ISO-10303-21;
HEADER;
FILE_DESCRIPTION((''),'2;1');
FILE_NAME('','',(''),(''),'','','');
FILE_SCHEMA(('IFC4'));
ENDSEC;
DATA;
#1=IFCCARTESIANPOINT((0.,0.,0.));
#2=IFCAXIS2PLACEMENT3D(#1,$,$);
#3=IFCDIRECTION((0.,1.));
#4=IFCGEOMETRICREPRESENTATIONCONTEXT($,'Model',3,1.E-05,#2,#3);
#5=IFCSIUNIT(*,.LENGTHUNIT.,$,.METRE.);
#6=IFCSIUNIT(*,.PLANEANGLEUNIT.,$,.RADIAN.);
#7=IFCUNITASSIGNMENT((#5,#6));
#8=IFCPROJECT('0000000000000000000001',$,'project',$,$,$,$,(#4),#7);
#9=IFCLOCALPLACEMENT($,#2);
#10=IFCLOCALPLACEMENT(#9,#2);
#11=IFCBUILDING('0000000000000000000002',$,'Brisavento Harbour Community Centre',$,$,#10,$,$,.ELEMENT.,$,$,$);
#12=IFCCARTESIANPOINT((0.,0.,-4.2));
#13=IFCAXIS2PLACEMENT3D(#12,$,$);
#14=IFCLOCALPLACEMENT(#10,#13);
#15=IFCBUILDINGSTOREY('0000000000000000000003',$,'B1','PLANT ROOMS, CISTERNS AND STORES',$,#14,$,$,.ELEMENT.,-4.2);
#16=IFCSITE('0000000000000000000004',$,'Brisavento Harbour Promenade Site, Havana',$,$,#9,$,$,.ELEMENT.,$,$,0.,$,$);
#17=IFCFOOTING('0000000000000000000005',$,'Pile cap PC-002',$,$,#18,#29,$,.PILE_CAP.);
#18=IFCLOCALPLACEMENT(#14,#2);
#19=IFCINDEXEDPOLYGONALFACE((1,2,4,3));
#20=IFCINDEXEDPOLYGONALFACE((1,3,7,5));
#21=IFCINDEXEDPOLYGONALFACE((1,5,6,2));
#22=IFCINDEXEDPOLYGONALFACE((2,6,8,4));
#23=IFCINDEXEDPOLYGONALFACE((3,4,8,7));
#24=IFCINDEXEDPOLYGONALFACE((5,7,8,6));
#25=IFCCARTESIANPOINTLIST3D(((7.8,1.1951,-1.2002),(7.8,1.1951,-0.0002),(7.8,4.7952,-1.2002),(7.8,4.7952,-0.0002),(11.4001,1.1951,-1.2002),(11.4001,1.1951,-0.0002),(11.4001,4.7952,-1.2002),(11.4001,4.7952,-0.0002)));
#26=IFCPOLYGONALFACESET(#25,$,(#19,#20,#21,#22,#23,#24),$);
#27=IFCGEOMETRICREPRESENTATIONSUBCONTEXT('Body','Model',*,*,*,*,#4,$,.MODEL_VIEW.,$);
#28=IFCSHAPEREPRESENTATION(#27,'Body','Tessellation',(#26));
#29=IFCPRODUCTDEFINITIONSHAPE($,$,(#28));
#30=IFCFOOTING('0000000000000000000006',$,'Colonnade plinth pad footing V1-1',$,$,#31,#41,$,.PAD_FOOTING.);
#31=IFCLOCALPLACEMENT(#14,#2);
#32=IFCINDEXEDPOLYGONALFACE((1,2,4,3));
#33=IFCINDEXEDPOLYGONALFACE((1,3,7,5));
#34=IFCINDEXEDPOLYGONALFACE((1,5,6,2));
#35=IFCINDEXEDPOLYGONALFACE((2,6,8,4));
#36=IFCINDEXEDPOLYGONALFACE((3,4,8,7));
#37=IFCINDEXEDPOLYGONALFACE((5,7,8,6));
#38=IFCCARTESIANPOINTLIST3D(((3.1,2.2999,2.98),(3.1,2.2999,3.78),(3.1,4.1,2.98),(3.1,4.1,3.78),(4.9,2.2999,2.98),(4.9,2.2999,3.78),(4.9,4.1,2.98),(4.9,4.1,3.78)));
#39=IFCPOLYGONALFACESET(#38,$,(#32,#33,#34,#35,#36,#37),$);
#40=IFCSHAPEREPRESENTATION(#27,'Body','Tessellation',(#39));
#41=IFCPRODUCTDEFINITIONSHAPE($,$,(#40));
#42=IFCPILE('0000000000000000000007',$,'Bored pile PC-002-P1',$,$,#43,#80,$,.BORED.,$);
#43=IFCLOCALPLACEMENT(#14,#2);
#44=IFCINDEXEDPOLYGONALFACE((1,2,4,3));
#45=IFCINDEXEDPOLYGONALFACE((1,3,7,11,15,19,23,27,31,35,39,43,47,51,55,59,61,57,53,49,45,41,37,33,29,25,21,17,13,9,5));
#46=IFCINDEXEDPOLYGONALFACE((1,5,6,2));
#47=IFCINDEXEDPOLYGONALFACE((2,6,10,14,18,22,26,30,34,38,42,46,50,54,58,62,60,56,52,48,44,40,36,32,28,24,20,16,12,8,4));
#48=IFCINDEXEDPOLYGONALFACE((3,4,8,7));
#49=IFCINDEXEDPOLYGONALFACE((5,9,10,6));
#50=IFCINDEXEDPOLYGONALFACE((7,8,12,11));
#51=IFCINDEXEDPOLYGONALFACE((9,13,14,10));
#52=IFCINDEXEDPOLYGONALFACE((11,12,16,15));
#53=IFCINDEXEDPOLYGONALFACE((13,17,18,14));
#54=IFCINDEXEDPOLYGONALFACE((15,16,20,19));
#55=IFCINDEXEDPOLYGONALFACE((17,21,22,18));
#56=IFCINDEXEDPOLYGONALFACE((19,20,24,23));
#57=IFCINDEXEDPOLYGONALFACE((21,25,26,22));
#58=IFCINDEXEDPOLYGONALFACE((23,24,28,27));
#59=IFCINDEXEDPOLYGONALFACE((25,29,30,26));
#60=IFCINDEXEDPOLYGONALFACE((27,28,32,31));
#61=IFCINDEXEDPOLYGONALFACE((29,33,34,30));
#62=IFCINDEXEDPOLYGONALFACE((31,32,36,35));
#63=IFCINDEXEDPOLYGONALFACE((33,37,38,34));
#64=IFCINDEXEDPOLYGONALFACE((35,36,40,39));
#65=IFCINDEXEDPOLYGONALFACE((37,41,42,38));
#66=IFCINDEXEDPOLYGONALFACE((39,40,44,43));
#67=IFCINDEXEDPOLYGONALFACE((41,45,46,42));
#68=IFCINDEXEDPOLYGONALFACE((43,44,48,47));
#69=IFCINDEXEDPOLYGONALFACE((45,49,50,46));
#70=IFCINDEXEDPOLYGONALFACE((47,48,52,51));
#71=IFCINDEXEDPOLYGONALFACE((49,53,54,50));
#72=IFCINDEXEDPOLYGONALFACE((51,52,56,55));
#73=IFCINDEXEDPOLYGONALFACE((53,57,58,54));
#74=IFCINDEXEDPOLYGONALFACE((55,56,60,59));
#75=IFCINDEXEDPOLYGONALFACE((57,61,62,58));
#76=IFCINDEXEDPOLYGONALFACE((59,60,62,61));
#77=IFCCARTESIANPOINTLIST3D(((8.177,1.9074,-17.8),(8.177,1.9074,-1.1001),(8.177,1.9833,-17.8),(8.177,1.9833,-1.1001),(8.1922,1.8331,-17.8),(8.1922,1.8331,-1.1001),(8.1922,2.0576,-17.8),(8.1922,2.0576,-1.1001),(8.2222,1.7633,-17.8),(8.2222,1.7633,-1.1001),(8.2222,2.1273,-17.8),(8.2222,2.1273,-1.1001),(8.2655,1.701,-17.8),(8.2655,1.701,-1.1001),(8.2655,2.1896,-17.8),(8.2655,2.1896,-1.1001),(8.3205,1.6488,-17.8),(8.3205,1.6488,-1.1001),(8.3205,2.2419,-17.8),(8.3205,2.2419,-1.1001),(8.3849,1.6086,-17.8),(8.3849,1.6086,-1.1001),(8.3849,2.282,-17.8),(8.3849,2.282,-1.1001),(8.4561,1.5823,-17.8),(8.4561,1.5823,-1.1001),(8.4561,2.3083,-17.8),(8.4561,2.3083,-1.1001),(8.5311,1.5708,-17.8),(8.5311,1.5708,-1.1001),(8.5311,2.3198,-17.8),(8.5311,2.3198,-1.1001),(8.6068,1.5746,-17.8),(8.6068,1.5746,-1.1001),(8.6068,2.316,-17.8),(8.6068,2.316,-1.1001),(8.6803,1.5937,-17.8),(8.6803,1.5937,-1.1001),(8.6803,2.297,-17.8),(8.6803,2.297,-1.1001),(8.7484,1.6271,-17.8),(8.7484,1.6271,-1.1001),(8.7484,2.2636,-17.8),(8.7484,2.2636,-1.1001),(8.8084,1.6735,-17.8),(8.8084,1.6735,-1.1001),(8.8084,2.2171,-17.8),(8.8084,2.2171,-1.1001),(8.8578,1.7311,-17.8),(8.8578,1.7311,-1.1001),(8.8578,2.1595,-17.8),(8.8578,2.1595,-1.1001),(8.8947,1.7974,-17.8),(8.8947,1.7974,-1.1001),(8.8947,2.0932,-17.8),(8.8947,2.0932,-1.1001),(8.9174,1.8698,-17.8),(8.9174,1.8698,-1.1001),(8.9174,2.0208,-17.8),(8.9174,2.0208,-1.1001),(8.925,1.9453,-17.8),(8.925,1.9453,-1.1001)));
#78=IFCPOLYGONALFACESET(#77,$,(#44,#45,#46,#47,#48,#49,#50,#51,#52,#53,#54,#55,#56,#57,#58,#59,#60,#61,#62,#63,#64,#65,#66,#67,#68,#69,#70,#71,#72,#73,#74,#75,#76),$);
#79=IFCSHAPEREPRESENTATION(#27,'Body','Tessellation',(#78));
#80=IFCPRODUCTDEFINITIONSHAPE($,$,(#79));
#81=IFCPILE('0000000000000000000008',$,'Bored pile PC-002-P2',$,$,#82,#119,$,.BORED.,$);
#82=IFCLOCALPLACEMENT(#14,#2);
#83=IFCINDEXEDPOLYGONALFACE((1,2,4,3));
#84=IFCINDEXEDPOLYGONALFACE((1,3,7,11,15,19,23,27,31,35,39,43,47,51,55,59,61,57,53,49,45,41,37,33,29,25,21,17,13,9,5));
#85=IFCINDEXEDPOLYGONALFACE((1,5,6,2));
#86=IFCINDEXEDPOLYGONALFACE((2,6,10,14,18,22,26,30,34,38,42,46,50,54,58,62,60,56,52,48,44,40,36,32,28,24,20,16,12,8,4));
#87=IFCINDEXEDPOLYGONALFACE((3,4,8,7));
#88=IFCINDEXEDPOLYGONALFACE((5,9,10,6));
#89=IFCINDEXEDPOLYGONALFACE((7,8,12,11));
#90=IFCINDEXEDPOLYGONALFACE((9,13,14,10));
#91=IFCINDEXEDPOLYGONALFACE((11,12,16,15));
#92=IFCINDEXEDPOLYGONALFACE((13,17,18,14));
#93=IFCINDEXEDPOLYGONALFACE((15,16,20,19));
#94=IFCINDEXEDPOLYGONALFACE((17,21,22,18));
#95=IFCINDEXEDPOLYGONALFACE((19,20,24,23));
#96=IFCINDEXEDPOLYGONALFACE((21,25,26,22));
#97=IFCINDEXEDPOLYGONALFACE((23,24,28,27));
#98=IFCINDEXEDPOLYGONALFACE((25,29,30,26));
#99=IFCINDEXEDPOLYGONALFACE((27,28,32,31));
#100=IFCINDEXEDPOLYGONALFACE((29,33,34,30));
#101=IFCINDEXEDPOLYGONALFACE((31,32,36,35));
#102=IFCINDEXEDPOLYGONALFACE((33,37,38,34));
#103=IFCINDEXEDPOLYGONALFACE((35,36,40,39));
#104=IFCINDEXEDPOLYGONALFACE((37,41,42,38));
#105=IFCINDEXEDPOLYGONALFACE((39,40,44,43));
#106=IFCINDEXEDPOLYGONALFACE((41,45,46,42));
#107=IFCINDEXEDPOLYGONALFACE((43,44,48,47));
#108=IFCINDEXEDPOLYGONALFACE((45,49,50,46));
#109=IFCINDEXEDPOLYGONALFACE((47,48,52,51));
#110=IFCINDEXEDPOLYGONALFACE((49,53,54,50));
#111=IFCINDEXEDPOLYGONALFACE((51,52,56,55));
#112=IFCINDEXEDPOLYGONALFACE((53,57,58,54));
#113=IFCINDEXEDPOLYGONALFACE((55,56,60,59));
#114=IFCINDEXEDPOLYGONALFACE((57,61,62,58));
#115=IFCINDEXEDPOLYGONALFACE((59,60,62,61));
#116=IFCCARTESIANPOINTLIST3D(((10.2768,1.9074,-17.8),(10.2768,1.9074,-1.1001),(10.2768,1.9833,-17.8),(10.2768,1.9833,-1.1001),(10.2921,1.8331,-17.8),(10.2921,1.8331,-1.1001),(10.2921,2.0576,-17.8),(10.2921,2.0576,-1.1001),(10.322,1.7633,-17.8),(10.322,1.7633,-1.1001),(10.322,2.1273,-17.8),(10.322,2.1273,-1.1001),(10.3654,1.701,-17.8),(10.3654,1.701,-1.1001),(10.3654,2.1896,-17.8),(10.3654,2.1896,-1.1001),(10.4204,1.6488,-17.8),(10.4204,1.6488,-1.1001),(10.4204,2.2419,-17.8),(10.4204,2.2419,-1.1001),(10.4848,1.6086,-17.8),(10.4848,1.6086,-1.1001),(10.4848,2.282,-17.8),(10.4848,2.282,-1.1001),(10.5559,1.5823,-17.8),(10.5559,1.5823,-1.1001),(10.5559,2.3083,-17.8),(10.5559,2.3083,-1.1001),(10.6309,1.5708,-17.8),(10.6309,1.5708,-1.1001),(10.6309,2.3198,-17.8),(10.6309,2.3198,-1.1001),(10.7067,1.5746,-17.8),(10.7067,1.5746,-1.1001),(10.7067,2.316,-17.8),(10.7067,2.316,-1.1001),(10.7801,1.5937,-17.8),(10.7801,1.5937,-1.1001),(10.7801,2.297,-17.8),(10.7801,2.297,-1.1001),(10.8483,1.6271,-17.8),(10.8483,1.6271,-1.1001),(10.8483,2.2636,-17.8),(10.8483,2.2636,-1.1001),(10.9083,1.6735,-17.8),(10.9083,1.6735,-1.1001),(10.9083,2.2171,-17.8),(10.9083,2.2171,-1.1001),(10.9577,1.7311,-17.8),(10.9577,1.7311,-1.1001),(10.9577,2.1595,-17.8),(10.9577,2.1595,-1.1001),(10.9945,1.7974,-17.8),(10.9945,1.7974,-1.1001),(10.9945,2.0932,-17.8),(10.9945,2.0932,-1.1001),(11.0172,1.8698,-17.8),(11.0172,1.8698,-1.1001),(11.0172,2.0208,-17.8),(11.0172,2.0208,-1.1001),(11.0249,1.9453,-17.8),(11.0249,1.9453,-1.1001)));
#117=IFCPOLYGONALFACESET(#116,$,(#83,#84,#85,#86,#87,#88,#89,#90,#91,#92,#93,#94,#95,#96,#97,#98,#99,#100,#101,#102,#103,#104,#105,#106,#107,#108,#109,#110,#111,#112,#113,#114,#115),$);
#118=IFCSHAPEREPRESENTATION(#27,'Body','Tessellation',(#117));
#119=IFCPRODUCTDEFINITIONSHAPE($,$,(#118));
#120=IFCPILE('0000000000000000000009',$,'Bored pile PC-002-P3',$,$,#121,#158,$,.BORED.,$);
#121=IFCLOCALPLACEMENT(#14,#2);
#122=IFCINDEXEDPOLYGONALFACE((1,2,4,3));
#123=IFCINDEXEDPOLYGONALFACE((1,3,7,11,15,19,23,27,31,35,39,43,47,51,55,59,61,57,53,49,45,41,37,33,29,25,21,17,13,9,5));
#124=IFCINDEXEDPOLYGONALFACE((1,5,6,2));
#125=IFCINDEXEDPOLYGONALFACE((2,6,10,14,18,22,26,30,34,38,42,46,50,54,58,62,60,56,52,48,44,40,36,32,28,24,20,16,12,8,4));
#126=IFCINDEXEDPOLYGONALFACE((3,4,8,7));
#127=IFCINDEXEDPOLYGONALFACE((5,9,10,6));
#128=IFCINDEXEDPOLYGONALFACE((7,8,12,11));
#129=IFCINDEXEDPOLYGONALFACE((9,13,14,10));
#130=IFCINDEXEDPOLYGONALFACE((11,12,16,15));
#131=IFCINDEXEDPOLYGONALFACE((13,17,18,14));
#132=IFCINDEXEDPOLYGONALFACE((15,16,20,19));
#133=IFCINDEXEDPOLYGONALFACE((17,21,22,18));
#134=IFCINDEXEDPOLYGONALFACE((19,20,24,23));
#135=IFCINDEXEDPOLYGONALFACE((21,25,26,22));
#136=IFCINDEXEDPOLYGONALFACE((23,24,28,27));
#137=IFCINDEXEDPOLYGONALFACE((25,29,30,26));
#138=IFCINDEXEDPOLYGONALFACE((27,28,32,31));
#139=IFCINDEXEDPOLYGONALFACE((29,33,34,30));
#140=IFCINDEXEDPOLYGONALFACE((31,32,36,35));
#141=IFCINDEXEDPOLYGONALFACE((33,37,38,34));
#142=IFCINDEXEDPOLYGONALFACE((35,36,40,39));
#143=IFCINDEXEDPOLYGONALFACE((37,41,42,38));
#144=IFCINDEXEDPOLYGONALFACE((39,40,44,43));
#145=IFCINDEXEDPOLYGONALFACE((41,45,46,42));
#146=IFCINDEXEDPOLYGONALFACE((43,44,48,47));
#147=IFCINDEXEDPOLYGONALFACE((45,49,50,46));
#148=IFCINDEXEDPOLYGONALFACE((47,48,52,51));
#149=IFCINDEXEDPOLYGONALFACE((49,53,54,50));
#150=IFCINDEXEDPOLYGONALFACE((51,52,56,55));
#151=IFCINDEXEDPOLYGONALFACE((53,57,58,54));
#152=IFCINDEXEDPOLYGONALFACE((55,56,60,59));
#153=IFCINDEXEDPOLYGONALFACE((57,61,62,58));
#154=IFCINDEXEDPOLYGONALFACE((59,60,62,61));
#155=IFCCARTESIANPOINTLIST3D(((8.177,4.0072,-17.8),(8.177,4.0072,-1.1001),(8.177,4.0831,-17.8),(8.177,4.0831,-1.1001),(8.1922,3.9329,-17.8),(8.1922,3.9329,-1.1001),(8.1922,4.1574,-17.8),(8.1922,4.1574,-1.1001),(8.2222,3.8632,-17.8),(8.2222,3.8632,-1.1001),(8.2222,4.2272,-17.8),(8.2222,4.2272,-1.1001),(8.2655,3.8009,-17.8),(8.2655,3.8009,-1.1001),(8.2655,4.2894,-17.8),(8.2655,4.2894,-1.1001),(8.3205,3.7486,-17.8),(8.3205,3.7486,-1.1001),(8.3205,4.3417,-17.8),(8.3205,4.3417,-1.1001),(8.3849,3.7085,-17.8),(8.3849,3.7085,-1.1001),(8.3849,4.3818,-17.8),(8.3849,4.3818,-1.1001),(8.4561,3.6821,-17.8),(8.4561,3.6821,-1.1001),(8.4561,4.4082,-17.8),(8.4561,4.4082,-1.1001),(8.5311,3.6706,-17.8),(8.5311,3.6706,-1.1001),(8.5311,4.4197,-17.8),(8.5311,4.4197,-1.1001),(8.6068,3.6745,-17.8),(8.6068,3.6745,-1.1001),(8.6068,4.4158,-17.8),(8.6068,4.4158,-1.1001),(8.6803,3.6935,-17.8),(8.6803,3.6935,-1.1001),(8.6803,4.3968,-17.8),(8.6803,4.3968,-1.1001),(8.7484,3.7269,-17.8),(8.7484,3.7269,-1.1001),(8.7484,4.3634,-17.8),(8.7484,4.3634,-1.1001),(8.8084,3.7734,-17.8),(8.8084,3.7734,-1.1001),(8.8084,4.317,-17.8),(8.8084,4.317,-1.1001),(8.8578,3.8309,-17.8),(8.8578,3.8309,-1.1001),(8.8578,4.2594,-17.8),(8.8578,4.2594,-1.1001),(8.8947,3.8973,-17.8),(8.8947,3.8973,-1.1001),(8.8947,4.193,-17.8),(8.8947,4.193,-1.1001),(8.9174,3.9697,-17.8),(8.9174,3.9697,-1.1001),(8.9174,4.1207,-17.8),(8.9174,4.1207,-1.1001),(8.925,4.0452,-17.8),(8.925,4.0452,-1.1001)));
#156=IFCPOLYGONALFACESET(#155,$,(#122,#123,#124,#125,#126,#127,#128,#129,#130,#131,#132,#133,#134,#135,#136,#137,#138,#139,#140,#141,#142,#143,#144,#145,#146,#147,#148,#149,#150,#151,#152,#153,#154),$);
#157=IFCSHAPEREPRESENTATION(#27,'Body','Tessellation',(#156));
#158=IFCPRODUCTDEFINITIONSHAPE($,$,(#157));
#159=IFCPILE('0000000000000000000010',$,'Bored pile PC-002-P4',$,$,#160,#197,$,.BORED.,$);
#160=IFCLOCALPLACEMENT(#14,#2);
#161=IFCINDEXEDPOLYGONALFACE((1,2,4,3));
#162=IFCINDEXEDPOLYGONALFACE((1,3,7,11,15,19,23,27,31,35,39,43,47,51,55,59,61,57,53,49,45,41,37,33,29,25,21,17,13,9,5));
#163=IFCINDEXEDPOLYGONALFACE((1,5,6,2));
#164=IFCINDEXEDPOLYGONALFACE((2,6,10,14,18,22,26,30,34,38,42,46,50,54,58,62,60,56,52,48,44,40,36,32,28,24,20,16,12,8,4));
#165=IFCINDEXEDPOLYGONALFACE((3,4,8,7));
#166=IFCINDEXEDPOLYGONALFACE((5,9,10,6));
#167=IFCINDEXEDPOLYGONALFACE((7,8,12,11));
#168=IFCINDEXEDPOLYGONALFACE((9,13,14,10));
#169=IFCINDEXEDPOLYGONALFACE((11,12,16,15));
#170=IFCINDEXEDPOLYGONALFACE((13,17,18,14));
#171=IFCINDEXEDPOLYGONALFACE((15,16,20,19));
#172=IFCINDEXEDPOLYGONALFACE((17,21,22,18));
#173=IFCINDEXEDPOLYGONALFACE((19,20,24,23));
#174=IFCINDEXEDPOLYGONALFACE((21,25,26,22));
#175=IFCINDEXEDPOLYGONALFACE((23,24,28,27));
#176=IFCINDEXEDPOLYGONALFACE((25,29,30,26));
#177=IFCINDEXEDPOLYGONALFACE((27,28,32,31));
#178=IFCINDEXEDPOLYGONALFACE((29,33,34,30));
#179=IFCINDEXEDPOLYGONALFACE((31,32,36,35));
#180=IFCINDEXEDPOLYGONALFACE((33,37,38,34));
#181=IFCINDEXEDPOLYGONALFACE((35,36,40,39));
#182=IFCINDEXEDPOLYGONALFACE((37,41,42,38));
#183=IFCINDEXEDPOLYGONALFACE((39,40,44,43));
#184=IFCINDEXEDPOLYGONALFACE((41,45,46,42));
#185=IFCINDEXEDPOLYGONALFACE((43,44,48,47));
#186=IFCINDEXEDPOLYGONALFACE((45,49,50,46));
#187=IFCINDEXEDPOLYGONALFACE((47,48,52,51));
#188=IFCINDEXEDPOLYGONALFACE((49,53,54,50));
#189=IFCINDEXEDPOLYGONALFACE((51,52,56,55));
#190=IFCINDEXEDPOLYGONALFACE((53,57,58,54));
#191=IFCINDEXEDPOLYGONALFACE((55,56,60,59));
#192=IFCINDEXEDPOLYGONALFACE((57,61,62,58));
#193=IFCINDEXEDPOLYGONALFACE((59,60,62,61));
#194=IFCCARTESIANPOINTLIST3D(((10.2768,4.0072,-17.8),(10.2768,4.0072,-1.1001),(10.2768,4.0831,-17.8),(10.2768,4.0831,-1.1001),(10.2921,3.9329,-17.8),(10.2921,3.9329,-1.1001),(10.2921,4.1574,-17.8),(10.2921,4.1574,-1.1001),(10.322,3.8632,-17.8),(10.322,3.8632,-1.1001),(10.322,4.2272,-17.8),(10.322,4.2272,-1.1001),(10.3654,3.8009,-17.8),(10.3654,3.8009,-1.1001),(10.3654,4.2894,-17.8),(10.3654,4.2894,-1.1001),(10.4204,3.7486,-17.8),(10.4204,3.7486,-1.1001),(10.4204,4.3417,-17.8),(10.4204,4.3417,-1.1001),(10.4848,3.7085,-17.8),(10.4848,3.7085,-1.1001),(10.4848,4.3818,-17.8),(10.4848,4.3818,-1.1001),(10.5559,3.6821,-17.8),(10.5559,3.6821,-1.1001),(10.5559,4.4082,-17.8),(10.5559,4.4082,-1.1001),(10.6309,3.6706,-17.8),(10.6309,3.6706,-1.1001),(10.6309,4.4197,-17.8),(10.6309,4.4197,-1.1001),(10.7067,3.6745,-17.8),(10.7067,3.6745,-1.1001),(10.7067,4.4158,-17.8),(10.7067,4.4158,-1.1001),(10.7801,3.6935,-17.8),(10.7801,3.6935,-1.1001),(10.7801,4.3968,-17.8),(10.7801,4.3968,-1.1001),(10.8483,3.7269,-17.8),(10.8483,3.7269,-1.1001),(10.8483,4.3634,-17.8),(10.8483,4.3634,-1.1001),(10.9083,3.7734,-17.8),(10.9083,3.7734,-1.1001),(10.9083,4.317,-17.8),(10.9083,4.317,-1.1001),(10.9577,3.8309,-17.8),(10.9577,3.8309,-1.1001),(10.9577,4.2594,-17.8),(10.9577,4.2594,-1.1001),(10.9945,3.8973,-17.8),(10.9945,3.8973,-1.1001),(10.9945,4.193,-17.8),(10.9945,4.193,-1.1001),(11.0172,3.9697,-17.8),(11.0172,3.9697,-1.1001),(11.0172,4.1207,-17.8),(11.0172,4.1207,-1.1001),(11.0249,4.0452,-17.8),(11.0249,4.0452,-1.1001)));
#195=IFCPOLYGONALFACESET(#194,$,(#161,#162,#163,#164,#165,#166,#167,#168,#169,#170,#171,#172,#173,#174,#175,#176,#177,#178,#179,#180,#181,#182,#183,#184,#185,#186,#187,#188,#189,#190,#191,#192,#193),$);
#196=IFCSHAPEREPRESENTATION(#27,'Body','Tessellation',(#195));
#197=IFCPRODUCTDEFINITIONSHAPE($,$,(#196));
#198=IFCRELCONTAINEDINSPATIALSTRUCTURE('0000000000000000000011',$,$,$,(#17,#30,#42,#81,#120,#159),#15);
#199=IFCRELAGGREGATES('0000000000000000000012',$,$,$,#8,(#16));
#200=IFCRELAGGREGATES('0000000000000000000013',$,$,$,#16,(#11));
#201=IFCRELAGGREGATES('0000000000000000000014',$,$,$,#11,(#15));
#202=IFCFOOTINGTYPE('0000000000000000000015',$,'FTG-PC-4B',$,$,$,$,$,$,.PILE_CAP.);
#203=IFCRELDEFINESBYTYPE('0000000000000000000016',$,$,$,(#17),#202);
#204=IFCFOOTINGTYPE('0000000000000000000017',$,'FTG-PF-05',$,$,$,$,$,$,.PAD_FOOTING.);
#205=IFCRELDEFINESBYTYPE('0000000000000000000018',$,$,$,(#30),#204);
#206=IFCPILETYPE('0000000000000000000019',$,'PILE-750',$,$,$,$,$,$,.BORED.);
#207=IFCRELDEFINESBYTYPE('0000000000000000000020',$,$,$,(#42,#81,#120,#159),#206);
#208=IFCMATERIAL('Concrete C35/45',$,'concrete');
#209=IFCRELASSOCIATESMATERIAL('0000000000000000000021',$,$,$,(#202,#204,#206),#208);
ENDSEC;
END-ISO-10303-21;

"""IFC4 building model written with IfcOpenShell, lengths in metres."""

from ifc_helpers import new_model, si_unit, direction, frame, origin, origin_2d, place, context, subcontext, project, spatial, rectangle, circle, extrude, material, material_profile, profile_set, type_object, element, save


model = new_model("IFC4")

# Units and contexts
model_context = context("Model", 3, precision=1e-05, world=origin(), true_north=direction((0.0, 1.0)))
body_context = subcontext(model_context, "Body", "Model", "MODEL_VIEW")
ifc_project = project(units=[si_unit("LENGTHUNIT", "METRE"), si_unit("PLANEANGLEUNIT", "RADIAN")], contexts=[model_context])

# Site, building, storey
site_placement = place(None, origin())
site = spatial("IfcSite", under=ifc_project, at=site_placement, Name="Brisavento Harbour Promenade Site, Havana", CompositionType="ELEMENT", RefElevation=0.0)
building_placement = place(site_placement, origin())
building = spatial("IfcBuilding", under=site, at=building_placement, Name="Brisavento Harbour Community Centre", CompositionType="ELEMENT")
storey_placement = place(building_placement, frame((0.0, 0.0, -4.2)))
storey = spatial("IfcBuildingStorey", under=building, at=storey_placement, Name="B1", Description="PLANT ROOMS, CISTERNS AND STORES", CompositionType="ELEMENT", Elevation=-4.2)

# Footings
ifc_material_1 = material(Name="Concrete C35/45", Category="concrete")
footing_type_1 = type_object("IfcFootingType", Name="FTG-PC-4B", PredefinedType="PILE_CAP", material=ifc_material_1)
footing_1_placement = place(storey_placement, frame((9.6001, 2.9951, -1.2002), z_axis=(0.0, 0.0, 1.0), x_axis=(1.0, 0.0, 0.0)))
element("IfcFooting", 1, at=footing_1_placement, inside=storey, type_object=footing_type_1, Name="Pile cap PC-002", PredefinedType="PILE_CAP", context=body_context, shape_type="SweptSolid", body=[
    extrude(rectangle(XDim=3.6001, YDim=3.6001, at=origin_2d()), origin(), (0.0, 0.0, 1.0), 1.2),
])
footing_type_2 = type_object("IfcFootingType", Name="FTG-PF-05", PredefinedType="PAD_FOOTING", material=ifc_material_1)
footing_2_placement = place(storey_placement, frame((4.0, 3.2, 2.98), z_axis=(0.0, 0.0, 1.0), x_axis=(1.0, 0.0, 0.0)))
element("IfcFooting", 2, at=footing_2_placement, inside=storey, type_object=footing_type_2, Name="Colonnade plinth pad footing V1-1", PredefinedType="PAD_FOOTING", context=body_context, shape_type="SweptSolid", body=[
    extrude(rectangle(XDim=1.8, YDim=1.8, at=origin_2d()), origin(), (0.0, 0.0, 1.0), 0.8),
])

# Piles
ifc_material_profile_1 = material_profile(ifc_material_1, circle(Radius=0.375, at=origin_2d()), Name="Concrete C35/45")
ifc_profile_set_1 = profile_set([ifc_material_profile_1], Name="Concrete C35/45")
pile_type = type_object("IfcPileType", Name="PILE-750", PredefinedType="BORED", material=ifc_profile_set_1)
for number, where, z_axis, x_axis, name in (
    (3, (8.55, 1.9453, -1.1001), (0.0, 0.0, -1.0), (1.0, 0.0, 0.0), "Bored pile PC-002-P1"),
    (4, (10.6499, 1.9453, -1.1001), (0.0, 0.0, -1.0), (1.0, 0.0, 0.0), "Bored pile PC-002-P2"),
    (5, (8.55, 4.0452, -1.1001), (0.0, 0.0, -1.0), (1.0, 0.0, 0.0), "Bored pile PC-002-P3"),
    (6, (10.6499, 4.0452, -1.1001), (0.0, 0.0, -1.0), (1.0, 0.0, 0.0), "Bored pile PC-002-P4"),
):
    element("IfcPile", number, at=place(storey_placement, frame(where, z_axis=z_axis, x_axis=x_axis)), inside=storey, type_object=pile_type, Name=name, PredefinedType="BORED", context=body_context, shape_type="SweptSolid", body=[
        extrude(circle(Radius=0.375, at=origin_2d()), origin(), (0.0, 0.0, 1.0), 16.7),
    ])

save(model, "model.ifc")
